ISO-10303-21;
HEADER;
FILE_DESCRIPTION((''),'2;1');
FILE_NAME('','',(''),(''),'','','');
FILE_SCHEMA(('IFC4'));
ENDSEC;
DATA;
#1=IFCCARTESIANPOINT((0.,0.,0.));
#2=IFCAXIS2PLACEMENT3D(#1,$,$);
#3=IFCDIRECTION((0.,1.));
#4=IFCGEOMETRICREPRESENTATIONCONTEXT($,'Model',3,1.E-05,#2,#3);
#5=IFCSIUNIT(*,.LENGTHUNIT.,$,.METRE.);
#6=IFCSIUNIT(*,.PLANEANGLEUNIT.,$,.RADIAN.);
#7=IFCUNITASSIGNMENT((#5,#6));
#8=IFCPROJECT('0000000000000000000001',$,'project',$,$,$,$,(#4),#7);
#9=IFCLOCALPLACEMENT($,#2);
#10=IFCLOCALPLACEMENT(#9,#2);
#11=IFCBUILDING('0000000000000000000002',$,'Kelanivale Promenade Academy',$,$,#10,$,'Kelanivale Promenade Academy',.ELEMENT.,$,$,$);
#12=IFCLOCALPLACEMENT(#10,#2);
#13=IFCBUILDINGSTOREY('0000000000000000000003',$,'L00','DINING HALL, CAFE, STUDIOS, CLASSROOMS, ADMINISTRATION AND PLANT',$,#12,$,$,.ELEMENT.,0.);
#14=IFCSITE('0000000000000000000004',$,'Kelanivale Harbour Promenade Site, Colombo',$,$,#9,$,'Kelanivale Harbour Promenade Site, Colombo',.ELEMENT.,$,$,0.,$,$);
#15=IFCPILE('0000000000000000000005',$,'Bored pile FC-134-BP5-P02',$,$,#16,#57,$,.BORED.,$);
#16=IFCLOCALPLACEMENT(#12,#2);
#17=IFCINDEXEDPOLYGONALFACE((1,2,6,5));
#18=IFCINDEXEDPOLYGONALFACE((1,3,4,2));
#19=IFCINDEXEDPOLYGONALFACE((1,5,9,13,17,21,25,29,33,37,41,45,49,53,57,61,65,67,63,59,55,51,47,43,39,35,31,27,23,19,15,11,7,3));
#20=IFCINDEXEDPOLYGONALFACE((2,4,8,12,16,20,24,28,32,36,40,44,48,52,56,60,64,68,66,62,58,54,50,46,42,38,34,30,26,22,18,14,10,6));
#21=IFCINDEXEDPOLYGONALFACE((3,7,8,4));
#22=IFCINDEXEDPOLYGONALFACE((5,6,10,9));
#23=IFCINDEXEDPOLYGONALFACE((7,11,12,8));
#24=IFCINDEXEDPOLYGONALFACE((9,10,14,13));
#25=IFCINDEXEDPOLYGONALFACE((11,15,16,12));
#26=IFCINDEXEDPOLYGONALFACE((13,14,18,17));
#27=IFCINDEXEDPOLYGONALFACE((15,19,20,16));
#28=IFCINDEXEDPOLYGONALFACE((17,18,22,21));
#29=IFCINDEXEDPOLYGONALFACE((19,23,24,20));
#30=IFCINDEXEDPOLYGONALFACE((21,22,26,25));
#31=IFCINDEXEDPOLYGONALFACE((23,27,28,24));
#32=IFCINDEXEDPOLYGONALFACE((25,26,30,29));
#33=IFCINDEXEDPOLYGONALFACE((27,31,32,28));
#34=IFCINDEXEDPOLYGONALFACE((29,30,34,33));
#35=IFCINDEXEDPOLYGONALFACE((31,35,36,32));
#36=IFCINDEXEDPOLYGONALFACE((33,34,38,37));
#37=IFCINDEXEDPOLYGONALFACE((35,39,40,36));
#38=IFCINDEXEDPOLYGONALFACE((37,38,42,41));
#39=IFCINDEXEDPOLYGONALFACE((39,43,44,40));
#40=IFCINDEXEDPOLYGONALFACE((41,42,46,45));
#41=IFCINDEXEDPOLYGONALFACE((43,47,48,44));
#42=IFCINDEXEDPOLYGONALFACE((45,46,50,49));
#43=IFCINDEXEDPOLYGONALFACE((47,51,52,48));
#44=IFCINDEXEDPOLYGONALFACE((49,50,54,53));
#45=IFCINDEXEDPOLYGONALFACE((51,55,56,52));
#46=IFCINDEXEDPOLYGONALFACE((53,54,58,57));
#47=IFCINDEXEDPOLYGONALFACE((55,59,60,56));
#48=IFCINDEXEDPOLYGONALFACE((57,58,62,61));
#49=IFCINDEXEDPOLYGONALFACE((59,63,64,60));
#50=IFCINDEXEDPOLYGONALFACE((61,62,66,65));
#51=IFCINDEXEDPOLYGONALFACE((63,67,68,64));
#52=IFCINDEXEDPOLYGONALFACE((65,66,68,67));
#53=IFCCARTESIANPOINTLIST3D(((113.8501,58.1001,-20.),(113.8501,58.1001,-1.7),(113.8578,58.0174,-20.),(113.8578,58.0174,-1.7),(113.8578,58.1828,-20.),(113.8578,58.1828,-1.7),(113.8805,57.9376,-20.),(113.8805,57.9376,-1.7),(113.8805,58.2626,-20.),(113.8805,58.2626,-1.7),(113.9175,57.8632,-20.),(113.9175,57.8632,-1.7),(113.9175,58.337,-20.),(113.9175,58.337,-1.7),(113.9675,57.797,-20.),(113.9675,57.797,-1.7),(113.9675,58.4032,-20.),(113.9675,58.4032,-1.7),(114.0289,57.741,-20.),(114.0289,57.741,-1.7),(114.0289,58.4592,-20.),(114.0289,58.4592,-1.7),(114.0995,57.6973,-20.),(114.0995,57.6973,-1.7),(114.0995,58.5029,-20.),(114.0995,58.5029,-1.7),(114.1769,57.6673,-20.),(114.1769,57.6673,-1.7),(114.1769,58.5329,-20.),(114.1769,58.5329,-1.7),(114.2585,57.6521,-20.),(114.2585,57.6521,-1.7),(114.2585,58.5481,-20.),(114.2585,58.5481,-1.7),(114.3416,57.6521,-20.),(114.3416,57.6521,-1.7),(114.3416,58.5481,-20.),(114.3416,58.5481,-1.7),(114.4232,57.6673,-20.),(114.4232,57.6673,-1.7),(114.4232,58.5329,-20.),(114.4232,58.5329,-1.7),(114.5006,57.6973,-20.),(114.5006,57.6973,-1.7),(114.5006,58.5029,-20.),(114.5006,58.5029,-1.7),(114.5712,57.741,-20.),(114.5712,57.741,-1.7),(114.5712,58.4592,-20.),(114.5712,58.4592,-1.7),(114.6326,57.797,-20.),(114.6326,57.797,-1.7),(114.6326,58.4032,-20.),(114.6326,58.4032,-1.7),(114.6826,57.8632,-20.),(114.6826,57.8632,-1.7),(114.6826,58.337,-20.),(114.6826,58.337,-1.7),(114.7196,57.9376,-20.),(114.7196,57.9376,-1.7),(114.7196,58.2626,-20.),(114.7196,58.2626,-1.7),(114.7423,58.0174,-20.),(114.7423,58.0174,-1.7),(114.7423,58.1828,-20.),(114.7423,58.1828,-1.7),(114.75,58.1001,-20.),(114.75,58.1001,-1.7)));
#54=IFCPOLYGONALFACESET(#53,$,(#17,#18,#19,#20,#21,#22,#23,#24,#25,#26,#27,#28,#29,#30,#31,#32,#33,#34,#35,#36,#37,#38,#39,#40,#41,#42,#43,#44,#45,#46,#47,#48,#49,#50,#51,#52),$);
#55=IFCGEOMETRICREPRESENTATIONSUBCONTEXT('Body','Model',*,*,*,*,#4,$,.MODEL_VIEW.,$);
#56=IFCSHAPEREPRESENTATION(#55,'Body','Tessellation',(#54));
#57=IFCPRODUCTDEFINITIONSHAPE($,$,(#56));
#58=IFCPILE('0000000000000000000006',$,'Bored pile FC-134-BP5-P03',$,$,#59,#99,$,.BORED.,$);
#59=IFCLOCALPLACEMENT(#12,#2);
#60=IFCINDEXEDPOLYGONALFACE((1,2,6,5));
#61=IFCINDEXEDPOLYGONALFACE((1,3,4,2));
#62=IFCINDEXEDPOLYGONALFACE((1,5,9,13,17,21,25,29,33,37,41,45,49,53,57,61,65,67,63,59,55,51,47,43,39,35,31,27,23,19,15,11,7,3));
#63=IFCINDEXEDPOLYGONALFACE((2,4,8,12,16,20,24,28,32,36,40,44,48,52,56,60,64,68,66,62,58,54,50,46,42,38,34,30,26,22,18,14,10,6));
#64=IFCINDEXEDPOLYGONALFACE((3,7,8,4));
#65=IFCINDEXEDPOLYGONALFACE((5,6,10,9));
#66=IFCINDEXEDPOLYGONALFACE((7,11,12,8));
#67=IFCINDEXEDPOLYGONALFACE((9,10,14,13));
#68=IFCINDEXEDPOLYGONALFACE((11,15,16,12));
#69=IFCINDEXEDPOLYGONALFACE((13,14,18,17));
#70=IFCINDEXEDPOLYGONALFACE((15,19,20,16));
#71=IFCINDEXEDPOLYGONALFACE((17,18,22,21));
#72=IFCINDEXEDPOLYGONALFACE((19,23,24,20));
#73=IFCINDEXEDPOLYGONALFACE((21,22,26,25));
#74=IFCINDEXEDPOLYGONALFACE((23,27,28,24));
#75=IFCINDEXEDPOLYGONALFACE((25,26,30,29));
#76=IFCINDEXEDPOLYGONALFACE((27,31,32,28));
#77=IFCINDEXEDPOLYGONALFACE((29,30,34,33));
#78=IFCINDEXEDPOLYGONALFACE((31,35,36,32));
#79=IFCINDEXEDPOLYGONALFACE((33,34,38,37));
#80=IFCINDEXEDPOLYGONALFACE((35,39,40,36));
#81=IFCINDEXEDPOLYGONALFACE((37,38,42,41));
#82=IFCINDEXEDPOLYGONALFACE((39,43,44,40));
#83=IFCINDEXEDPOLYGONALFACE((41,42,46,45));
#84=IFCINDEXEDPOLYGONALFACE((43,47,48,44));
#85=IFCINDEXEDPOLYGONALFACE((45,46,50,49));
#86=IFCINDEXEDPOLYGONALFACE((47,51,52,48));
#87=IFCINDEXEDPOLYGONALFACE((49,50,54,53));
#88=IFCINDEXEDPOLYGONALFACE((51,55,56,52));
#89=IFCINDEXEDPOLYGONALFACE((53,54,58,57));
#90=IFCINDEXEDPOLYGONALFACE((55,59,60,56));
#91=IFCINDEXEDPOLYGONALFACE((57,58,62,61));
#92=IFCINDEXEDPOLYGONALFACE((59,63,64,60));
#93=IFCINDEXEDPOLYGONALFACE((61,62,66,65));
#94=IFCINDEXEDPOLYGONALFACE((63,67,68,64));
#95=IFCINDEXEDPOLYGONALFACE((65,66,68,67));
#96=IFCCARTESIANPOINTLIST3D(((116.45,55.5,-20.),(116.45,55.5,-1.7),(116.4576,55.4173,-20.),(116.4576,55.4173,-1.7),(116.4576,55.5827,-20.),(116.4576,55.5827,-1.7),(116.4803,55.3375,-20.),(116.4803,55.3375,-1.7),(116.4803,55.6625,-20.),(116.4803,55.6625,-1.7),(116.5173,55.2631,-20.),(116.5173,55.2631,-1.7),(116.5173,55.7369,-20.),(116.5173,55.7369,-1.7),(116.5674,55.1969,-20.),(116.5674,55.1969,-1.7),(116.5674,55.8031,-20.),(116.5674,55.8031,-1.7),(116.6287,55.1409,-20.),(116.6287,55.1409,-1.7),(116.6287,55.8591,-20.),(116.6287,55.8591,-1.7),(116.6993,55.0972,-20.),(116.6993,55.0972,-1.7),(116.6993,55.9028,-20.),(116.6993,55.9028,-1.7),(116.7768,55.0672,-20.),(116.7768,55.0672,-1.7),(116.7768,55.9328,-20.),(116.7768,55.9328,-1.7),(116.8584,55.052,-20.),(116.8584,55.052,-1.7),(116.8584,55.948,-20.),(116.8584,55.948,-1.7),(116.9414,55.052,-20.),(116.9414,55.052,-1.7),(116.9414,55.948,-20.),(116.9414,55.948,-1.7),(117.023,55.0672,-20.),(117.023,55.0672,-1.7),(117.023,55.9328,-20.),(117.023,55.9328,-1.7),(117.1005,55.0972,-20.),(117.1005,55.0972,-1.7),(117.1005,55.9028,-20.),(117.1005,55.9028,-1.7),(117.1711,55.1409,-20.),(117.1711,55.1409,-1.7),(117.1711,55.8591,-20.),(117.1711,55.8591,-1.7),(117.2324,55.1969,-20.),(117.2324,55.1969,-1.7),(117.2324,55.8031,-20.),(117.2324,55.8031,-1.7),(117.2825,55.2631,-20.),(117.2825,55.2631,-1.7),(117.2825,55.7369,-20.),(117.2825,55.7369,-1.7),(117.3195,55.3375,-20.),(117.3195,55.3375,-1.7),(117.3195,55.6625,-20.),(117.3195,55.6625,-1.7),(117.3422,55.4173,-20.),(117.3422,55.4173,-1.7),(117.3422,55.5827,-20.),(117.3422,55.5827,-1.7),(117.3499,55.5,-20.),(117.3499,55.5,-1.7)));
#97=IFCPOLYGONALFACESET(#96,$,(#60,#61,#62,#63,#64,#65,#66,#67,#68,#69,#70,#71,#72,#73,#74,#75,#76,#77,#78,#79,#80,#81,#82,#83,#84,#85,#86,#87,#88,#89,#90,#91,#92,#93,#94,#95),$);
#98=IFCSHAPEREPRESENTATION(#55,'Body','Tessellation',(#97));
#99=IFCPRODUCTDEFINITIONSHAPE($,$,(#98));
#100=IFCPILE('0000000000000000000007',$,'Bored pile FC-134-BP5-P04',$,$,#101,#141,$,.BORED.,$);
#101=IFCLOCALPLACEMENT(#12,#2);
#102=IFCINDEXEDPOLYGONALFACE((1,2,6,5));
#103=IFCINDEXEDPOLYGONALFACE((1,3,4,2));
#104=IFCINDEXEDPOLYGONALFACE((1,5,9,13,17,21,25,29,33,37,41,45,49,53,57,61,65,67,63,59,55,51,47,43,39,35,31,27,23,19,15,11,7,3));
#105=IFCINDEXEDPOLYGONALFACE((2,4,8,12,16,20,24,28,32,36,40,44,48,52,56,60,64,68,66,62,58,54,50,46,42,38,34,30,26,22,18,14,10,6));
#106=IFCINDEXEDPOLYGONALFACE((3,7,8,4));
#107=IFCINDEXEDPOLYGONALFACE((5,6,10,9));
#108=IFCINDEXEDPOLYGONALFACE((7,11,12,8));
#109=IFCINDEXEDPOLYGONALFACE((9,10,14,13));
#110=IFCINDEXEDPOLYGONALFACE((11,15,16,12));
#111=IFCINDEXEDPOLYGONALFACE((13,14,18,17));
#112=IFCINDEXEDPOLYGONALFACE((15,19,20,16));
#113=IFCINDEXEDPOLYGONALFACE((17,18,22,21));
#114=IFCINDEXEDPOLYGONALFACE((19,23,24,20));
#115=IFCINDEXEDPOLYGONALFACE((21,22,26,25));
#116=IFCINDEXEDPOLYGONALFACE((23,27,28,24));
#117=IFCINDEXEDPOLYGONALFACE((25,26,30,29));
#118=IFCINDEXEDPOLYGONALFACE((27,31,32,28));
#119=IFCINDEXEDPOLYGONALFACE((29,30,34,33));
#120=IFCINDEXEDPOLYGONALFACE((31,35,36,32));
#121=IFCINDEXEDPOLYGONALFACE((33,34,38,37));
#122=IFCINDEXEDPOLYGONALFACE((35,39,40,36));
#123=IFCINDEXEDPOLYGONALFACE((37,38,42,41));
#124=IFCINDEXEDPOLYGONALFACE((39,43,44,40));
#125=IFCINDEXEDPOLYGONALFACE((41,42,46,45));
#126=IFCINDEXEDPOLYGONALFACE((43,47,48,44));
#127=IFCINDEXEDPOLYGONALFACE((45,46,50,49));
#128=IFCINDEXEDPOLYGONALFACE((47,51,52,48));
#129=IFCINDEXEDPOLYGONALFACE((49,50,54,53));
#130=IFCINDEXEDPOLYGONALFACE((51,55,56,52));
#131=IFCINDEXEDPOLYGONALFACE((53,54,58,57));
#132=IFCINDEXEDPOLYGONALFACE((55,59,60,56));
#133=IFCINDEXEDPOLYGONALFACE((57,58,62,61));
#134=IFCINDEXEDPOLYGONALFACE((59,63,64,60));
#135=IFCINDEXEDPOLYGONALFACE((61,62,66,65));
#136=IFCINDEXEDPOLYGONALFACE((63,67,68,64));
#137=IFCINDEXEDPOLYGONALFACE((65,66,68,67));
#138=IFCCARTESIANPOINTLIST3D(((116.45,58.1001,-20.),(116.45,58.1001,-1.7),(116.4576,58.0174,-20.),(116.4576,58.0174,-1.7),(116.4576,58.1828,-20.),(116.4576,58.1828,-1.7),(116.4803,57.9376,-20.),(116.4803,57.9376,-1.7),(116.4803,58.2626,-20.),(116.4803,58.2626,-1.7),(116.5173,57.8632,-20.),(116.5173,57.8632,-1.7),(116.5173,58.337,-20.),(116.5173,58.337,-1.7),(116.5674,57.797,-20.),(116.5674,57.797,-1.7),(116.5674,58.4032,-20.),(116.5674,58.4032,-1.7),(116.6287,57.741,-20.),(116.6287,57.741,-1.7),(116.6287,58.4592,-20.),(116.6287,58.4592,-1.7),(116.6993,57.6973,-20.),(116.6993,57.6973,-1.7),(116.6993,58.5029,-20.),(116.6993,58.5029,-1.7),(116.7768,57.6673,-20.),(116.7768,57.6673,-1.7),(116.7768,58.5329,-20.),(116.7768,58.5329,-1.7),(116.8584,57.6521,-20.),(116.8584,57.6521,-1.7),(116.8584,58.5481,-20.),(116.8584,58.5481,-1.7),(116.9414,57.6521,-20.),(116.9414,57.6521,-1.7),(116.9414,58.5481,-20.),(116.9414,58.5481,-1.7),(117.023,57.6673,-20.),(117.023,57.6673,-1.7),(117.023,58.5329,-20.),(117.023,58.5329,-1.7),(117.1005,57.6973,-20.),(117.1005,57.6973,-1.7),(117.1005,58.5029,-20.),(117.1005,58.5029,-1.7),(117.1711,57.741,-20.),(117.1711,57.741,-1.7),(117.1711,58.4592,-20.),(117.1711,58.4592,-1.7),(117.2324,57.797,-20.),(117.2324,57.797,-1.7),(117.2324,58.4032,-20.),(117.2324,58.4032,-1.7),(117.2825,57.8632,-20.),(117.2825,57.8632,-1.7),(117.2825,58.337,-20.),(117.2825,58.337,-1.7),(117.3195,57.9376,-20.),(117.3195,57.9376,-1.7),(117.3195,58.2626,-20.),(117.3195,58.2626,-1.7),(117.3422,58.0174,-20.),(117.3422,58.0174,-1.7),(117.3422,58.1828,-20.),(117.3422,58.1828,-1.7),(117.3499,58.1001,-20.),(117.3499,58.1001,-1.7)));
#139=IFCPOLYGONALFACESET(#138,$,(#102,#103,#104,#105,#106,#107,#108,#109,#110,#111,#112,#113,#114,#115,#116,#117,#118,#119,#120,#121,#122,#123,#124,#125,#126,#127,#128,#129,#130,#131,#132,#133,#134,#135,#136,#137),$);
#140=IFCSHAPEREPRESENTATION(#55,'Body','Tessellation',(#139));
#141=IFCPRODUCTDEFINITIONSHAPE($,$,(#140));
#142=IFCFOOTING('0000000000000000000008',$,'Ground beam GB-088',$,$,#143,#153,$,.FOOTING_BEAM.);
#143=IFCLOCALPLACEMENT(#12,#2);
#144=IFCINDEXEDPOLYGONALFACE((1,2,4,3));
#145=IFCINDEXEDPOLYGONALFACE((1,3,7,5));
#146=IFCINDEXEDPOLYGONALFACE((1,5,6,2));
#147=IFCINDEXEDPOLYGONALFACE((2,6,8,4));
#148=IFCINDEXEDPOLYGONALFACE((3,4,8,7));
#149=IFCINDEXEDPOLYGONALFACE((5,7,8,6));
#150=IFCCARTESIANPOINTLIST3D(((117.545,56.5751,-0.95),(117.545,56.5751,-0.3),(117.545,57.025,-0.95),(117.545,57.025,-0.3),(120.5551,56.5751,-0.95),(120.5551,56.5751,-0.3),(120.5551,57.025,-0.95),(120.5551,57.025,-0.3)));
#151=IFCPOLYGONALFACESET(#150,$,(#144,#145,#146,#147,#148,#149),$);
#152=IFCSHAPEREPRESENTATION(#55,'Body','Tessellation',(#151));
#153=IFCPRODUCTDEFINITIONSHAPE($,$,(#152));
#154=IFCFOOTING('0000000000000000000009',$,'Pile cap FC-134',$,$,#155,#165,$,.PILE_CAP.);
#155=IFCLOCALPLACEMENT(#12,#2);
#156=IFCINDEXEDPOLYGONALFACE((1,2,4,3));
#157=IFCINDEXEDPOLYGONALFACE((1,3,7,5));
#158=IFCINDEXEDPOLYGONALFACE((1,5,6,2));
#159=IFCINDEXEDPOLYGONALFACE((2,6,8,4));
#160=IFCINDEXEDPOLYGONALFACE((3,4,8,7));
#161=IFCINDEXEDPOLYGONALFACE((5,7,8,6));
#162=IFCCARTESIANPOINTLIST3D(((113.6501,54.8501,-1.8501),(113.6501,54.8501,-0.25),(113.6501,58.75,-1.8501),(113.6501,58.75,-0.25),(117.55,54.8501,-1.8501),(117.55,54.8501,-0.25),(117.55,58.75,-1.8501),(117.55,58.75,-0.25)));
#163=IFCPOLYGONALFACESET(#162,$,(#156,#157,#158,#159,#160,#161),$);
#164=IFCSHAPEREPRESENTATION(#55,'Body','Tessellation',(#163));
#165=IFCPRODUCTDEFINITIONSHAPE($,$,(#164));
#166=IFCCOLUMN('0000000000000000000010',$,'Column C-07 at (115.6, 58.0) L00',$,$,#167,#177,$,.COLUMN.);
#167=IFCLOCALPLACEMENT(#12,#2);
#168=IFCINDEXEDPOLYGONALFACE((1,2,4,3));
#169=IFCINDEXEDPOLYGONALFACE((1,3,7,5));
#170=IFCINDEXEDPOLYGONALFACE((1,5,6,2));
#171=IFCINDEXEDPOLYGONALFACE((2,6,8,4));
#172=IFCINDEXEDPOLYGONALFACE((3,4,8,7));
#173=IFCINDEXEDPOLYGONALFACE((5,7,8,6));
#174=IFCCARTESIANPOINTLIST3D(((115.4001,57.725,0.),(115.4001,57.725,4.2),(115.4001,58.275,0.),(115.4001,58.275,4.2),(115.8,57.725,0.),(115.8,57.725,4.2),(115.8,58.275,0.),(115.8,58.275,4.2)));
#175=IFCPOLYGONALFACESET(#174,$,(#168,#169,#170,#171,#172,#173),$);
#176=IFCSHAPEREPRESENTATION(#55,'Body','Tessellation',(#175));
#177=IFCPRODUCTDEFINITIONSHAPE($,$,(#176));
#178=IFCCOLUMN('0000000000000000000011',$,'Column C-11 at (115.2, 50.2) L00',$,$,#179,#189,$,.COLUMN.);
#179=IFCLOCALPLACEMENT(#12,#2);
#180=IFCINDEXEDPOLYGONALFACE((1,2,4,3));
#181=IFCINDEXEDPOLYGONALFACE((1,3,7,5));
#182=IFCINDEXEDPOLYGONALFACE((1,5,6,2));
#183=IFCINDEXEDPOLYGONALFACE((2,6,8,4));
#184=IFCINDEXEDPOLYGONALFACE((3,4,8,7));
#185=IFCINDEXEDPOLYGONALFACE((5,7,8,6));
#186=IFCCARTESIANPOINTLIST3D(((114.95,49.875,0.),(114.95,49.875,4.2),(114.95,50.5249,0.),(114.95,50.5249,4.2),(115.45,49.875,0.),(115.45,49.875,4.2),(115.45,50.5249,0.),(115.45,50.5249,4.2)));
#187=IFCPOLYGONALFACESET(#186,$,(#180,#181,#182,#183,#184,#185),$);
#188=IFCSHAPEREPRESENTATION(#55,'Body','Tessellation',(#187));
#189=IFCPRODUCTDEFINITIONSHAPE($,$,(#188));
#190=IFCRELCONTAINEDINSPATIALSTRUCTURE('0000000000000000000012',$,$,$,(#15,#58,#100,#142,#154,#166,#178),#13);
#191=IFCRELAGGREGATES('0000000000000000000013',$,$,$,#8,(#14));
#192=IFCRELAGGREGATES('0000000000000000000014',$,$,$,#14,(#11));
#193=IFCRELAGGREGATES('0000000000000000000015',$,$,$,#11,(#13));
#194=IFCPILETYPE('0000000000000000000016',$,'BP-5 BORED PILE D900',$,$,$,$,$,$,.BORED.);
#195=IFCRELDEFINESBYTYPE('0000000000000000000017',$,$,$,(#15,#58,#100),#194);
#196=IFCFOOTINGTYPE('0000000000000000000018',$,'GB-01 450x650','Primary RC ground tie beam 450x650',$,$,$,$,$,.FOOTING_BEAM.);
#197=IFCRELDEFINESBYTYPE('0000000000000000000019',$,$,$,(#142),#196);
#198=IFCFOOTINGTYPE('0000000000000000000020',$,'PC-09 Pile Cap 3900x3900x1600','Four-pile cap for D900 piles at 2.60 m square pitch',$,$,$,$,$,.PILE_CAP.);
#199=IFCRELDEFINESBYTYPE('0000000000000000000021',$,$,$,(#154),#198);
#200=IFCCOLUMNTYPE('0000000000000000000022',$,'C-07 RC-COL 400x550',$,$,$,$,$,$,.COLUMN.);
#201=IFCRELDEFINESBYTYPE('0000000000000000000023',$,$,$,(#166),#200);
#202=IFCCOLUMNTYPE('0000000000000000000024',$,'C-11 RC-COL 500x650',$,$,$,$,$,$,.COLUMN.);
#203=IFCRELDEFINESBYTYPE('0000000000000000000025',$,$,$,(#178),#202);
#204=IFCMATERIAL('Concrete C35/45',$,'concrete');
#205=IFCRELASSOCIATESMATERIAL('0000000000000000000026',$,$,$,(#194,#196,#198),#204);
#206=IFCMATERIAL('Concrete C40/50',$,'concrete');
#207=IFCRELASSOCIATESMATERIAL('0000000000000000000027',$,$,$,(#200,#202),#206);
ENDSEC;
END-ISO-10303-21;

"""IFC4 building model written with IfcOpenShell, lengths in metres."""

from ifc_helpers import new_model, si_unit, direction, frame, origin, origin_2d, place, context, subcontext, project, spatial, rectangle, circle, extrude, material, material_profile, profile_set, type_object, element, save


model = new_model("IFC4")

# Units and contexts
model_context = context("Model", 3, precision=1e-05, world=origin(), true_north=direction((0.0, 1.0)))
body_context = subcontext(model_context, "Body", "Model", "MODEL_VIEW")
ifc_project = project(units=[si_unit("LENGTHUNIT", "METRE"), si_unit("PLANEANGLEUNIT", "RADIAN")], contexts=[model_context])

# Site, building, storey
site_placement = place(None, origin())
site = spatial("IfcSite", under=ifc_project, at=site_placement, Name="Kelanivale Harbour Promenade Site, Colombo", LongName="Kelanivale Harbour Promenade Site, Colombo", CompositionType="ELEMENT", RefElevation=0.0)
building_placement = place(site_placement, origin())
building = spatial("IfcBuilding", under=site, at=building_placement, Name="Kelanivale Promenade Academy", LongName="Kelanivale Promenade Academy", CompositionType="ELEMENT")
storey_placement = place(building_placement, origin())
storey = spatial("IfcBuildingStorey", under=building, at=storey_placement, Name="L00", Description="DINING HALL, CAFE, STUDIOS, CLASSROOMS, ADMINISTRATION AND PLANT", CompositionType="ELEMENT", Elevation=0.0)

# Piles
ifc_material_1 = material(Name="Concrete C35/45", Category="concrete")
ifc_material_profile_1 = material_profile(ifc_material_1, circle(Radius=0.45, at=origin_2d()), Name="BORED PILE D900")
ifc_profile_set_1 = profile_set([ifc_material_profile_1], Name="Concrete C35/45")
pile_type_1 = type_object("IfcPileType", Name="BP-5 BORED PILE D900", PredefinedType="BORED", material=ifc_profile_set_1)
for number, where, z_axis, x_axis, name in (
    (1, (114.3, 58.1001, -1.7), (0.0, 0.0, -1.0), (1.0, 0.0, 0.0), "Bored pile FC-134-BP5-P02"),
    (2, (116.8999, 55.5, -1.7), (0.0, 0.0, -1.0), (1.0, 0.0, 0.0), "Bored pile FC-134-BP5-P03"),
    (3, (116.8999, 58.1001, -1.7), (0.0, 0.0, -1.0), (1.0, 0.0, 0.0), "Bored pile FC-134-BP5-P04"),
):
    element("IfcPile", number, at=place(storey_placement, frame(where, z_axis=z_axis, x_axis=x_axis)), inside=storey, type_object=pile_type_1, Name=name, PredefinedType="BORED", context=body_context, shape_type="SweptSolid", body=[
        extrude(circle(Radius=0.45, at=origin_2d()), origin(), (0.0, 0.0, 1.0), 18.3),
    ])

# Footings
footing_type_1 = type_object("IfcFootingType", Name="GB-01 450x650", Description="Primary RC ground tie beam 450x650", PredefinedType="FOOTING_BEAM", material=ifc_material_1)
footing_1_placement = place(storey_placement, frame((119.05, 56.8, -0.95), z_axis=(0.0, 0.0, 1.0), x_axis=(1.0, 0.0, 0.0)))
element("IfcFooting", 4, at=footing_1_placement, inside=storey, type_object=footing_type_1, Name="Ground beam GB-088", PredefinedType="FOOTING_BEAM", context=body_context, shape_type="SweptSolid", body=[
    extrude(rectangle(XDim=3.01, YDim=0.45, at=origin_2d()), origin(), (0.0, 0.0, 1.0), 0.6499),
])
footing_type_2 = type_object("IfcFootingType", Name="PC-09 Pile Cap 3900x3900x1600", Description="Four-pile cap for D900 piles at 2.60 m square pitch", PredefinedType="PILE_CAP", material=ifc_material_1)
footing_2_placement = place(storey_placement, frame((115.6001, 56.8, -1.8501), z_axis=(0.0, 0.0, 1.0), x_axis=(1.0, 0.0, 0.0)))
element("IfcFooting", 5, at=footing_2_placement, inside=storey, type_object=footing_type_2, Name="Pile cap FC-134", PredefinedType="PILE_CAP", context=body_context, shape_type="SweptSolid", body=[
    extrude(rectangle(XDim=3.8999, YDim=3.8999, at=origin_2d()), origin(), (0.0, 0.0, 1.0), 1.6001),
])

# Columns
ifc_material_2 = material(Name="Concrete C40/50", Category="concrete")
ifc_material_profile_2 = material_profile(ifc_material_2, rectangle(XDim=0.3999, YDim=0.55, at=origin_2d()), Name="RC-COL 400x550")
ifc_profile_set_2 = profile_set([ifc_material_profile_2], Name="Concrete C40/50")
column_type_1 = type_object("IfcColumnType", Name="C-07 RC-COL 400x550", PredefinedType="COLUMN", material=ifc_profile_set_2)
column_1_placement = place(storey_placement, frame((115.6001, 58.0, 0.0), z_axis=(0.0, 0.0, 1.0), x_axis=(1.0, 0.0, 0.0)))
element("IfcColumn", 6, at=column_1_placement, inside=storey, type_object=column_type_1, Name="Column C-07 at (115.6, 58.0) L00", PredefinedType="COLUMN", context=body_context, shape_type="SweptSolid", body=[
    extrude(rectangle(XDim=0.3999, YDim=0.55, at=origin_2d()), origin(), (0.0, 0.0, 1.0), 4.2),
])
ifc_material_profile_3 = material_profile(ifc_material_2, rectangle(XDim=0.5, YDim=0.6499, at=origin_2d()), Name="RC-COL 500x650")
ifc_profile_set_3 = profile_set([ifc_material_profile_3], Name="Concrete C40/50")
column_type_2 = type_object("IfcColumnType", Name="C-11 RC-COL 500x650", PredefinedType="COLUMN", material=ifc_profile_set_3)
column_2_placement = place(storey_placement, frame((115.2, 50.2, 0.0), z_axis=(0.0, 0.0, 1.0), x_axis=(1.0, 0.0, 0.0)))
element("IfcColumn", 7, at=column_2_placement, inside=storey, type_object=column_type_2, Name="Column C-11 at (115.2, 50.2) L00", PredefinedType="COLUMN", context=body_context, shape_type="SweptSolid", body=[
    extrude(rectangle(XDim=0.5, YDim=0.6499, at=origin_2d()), origin(), (0.0, 0.0, 1.0), 4.2),
])

save(model, "model.ifc")
